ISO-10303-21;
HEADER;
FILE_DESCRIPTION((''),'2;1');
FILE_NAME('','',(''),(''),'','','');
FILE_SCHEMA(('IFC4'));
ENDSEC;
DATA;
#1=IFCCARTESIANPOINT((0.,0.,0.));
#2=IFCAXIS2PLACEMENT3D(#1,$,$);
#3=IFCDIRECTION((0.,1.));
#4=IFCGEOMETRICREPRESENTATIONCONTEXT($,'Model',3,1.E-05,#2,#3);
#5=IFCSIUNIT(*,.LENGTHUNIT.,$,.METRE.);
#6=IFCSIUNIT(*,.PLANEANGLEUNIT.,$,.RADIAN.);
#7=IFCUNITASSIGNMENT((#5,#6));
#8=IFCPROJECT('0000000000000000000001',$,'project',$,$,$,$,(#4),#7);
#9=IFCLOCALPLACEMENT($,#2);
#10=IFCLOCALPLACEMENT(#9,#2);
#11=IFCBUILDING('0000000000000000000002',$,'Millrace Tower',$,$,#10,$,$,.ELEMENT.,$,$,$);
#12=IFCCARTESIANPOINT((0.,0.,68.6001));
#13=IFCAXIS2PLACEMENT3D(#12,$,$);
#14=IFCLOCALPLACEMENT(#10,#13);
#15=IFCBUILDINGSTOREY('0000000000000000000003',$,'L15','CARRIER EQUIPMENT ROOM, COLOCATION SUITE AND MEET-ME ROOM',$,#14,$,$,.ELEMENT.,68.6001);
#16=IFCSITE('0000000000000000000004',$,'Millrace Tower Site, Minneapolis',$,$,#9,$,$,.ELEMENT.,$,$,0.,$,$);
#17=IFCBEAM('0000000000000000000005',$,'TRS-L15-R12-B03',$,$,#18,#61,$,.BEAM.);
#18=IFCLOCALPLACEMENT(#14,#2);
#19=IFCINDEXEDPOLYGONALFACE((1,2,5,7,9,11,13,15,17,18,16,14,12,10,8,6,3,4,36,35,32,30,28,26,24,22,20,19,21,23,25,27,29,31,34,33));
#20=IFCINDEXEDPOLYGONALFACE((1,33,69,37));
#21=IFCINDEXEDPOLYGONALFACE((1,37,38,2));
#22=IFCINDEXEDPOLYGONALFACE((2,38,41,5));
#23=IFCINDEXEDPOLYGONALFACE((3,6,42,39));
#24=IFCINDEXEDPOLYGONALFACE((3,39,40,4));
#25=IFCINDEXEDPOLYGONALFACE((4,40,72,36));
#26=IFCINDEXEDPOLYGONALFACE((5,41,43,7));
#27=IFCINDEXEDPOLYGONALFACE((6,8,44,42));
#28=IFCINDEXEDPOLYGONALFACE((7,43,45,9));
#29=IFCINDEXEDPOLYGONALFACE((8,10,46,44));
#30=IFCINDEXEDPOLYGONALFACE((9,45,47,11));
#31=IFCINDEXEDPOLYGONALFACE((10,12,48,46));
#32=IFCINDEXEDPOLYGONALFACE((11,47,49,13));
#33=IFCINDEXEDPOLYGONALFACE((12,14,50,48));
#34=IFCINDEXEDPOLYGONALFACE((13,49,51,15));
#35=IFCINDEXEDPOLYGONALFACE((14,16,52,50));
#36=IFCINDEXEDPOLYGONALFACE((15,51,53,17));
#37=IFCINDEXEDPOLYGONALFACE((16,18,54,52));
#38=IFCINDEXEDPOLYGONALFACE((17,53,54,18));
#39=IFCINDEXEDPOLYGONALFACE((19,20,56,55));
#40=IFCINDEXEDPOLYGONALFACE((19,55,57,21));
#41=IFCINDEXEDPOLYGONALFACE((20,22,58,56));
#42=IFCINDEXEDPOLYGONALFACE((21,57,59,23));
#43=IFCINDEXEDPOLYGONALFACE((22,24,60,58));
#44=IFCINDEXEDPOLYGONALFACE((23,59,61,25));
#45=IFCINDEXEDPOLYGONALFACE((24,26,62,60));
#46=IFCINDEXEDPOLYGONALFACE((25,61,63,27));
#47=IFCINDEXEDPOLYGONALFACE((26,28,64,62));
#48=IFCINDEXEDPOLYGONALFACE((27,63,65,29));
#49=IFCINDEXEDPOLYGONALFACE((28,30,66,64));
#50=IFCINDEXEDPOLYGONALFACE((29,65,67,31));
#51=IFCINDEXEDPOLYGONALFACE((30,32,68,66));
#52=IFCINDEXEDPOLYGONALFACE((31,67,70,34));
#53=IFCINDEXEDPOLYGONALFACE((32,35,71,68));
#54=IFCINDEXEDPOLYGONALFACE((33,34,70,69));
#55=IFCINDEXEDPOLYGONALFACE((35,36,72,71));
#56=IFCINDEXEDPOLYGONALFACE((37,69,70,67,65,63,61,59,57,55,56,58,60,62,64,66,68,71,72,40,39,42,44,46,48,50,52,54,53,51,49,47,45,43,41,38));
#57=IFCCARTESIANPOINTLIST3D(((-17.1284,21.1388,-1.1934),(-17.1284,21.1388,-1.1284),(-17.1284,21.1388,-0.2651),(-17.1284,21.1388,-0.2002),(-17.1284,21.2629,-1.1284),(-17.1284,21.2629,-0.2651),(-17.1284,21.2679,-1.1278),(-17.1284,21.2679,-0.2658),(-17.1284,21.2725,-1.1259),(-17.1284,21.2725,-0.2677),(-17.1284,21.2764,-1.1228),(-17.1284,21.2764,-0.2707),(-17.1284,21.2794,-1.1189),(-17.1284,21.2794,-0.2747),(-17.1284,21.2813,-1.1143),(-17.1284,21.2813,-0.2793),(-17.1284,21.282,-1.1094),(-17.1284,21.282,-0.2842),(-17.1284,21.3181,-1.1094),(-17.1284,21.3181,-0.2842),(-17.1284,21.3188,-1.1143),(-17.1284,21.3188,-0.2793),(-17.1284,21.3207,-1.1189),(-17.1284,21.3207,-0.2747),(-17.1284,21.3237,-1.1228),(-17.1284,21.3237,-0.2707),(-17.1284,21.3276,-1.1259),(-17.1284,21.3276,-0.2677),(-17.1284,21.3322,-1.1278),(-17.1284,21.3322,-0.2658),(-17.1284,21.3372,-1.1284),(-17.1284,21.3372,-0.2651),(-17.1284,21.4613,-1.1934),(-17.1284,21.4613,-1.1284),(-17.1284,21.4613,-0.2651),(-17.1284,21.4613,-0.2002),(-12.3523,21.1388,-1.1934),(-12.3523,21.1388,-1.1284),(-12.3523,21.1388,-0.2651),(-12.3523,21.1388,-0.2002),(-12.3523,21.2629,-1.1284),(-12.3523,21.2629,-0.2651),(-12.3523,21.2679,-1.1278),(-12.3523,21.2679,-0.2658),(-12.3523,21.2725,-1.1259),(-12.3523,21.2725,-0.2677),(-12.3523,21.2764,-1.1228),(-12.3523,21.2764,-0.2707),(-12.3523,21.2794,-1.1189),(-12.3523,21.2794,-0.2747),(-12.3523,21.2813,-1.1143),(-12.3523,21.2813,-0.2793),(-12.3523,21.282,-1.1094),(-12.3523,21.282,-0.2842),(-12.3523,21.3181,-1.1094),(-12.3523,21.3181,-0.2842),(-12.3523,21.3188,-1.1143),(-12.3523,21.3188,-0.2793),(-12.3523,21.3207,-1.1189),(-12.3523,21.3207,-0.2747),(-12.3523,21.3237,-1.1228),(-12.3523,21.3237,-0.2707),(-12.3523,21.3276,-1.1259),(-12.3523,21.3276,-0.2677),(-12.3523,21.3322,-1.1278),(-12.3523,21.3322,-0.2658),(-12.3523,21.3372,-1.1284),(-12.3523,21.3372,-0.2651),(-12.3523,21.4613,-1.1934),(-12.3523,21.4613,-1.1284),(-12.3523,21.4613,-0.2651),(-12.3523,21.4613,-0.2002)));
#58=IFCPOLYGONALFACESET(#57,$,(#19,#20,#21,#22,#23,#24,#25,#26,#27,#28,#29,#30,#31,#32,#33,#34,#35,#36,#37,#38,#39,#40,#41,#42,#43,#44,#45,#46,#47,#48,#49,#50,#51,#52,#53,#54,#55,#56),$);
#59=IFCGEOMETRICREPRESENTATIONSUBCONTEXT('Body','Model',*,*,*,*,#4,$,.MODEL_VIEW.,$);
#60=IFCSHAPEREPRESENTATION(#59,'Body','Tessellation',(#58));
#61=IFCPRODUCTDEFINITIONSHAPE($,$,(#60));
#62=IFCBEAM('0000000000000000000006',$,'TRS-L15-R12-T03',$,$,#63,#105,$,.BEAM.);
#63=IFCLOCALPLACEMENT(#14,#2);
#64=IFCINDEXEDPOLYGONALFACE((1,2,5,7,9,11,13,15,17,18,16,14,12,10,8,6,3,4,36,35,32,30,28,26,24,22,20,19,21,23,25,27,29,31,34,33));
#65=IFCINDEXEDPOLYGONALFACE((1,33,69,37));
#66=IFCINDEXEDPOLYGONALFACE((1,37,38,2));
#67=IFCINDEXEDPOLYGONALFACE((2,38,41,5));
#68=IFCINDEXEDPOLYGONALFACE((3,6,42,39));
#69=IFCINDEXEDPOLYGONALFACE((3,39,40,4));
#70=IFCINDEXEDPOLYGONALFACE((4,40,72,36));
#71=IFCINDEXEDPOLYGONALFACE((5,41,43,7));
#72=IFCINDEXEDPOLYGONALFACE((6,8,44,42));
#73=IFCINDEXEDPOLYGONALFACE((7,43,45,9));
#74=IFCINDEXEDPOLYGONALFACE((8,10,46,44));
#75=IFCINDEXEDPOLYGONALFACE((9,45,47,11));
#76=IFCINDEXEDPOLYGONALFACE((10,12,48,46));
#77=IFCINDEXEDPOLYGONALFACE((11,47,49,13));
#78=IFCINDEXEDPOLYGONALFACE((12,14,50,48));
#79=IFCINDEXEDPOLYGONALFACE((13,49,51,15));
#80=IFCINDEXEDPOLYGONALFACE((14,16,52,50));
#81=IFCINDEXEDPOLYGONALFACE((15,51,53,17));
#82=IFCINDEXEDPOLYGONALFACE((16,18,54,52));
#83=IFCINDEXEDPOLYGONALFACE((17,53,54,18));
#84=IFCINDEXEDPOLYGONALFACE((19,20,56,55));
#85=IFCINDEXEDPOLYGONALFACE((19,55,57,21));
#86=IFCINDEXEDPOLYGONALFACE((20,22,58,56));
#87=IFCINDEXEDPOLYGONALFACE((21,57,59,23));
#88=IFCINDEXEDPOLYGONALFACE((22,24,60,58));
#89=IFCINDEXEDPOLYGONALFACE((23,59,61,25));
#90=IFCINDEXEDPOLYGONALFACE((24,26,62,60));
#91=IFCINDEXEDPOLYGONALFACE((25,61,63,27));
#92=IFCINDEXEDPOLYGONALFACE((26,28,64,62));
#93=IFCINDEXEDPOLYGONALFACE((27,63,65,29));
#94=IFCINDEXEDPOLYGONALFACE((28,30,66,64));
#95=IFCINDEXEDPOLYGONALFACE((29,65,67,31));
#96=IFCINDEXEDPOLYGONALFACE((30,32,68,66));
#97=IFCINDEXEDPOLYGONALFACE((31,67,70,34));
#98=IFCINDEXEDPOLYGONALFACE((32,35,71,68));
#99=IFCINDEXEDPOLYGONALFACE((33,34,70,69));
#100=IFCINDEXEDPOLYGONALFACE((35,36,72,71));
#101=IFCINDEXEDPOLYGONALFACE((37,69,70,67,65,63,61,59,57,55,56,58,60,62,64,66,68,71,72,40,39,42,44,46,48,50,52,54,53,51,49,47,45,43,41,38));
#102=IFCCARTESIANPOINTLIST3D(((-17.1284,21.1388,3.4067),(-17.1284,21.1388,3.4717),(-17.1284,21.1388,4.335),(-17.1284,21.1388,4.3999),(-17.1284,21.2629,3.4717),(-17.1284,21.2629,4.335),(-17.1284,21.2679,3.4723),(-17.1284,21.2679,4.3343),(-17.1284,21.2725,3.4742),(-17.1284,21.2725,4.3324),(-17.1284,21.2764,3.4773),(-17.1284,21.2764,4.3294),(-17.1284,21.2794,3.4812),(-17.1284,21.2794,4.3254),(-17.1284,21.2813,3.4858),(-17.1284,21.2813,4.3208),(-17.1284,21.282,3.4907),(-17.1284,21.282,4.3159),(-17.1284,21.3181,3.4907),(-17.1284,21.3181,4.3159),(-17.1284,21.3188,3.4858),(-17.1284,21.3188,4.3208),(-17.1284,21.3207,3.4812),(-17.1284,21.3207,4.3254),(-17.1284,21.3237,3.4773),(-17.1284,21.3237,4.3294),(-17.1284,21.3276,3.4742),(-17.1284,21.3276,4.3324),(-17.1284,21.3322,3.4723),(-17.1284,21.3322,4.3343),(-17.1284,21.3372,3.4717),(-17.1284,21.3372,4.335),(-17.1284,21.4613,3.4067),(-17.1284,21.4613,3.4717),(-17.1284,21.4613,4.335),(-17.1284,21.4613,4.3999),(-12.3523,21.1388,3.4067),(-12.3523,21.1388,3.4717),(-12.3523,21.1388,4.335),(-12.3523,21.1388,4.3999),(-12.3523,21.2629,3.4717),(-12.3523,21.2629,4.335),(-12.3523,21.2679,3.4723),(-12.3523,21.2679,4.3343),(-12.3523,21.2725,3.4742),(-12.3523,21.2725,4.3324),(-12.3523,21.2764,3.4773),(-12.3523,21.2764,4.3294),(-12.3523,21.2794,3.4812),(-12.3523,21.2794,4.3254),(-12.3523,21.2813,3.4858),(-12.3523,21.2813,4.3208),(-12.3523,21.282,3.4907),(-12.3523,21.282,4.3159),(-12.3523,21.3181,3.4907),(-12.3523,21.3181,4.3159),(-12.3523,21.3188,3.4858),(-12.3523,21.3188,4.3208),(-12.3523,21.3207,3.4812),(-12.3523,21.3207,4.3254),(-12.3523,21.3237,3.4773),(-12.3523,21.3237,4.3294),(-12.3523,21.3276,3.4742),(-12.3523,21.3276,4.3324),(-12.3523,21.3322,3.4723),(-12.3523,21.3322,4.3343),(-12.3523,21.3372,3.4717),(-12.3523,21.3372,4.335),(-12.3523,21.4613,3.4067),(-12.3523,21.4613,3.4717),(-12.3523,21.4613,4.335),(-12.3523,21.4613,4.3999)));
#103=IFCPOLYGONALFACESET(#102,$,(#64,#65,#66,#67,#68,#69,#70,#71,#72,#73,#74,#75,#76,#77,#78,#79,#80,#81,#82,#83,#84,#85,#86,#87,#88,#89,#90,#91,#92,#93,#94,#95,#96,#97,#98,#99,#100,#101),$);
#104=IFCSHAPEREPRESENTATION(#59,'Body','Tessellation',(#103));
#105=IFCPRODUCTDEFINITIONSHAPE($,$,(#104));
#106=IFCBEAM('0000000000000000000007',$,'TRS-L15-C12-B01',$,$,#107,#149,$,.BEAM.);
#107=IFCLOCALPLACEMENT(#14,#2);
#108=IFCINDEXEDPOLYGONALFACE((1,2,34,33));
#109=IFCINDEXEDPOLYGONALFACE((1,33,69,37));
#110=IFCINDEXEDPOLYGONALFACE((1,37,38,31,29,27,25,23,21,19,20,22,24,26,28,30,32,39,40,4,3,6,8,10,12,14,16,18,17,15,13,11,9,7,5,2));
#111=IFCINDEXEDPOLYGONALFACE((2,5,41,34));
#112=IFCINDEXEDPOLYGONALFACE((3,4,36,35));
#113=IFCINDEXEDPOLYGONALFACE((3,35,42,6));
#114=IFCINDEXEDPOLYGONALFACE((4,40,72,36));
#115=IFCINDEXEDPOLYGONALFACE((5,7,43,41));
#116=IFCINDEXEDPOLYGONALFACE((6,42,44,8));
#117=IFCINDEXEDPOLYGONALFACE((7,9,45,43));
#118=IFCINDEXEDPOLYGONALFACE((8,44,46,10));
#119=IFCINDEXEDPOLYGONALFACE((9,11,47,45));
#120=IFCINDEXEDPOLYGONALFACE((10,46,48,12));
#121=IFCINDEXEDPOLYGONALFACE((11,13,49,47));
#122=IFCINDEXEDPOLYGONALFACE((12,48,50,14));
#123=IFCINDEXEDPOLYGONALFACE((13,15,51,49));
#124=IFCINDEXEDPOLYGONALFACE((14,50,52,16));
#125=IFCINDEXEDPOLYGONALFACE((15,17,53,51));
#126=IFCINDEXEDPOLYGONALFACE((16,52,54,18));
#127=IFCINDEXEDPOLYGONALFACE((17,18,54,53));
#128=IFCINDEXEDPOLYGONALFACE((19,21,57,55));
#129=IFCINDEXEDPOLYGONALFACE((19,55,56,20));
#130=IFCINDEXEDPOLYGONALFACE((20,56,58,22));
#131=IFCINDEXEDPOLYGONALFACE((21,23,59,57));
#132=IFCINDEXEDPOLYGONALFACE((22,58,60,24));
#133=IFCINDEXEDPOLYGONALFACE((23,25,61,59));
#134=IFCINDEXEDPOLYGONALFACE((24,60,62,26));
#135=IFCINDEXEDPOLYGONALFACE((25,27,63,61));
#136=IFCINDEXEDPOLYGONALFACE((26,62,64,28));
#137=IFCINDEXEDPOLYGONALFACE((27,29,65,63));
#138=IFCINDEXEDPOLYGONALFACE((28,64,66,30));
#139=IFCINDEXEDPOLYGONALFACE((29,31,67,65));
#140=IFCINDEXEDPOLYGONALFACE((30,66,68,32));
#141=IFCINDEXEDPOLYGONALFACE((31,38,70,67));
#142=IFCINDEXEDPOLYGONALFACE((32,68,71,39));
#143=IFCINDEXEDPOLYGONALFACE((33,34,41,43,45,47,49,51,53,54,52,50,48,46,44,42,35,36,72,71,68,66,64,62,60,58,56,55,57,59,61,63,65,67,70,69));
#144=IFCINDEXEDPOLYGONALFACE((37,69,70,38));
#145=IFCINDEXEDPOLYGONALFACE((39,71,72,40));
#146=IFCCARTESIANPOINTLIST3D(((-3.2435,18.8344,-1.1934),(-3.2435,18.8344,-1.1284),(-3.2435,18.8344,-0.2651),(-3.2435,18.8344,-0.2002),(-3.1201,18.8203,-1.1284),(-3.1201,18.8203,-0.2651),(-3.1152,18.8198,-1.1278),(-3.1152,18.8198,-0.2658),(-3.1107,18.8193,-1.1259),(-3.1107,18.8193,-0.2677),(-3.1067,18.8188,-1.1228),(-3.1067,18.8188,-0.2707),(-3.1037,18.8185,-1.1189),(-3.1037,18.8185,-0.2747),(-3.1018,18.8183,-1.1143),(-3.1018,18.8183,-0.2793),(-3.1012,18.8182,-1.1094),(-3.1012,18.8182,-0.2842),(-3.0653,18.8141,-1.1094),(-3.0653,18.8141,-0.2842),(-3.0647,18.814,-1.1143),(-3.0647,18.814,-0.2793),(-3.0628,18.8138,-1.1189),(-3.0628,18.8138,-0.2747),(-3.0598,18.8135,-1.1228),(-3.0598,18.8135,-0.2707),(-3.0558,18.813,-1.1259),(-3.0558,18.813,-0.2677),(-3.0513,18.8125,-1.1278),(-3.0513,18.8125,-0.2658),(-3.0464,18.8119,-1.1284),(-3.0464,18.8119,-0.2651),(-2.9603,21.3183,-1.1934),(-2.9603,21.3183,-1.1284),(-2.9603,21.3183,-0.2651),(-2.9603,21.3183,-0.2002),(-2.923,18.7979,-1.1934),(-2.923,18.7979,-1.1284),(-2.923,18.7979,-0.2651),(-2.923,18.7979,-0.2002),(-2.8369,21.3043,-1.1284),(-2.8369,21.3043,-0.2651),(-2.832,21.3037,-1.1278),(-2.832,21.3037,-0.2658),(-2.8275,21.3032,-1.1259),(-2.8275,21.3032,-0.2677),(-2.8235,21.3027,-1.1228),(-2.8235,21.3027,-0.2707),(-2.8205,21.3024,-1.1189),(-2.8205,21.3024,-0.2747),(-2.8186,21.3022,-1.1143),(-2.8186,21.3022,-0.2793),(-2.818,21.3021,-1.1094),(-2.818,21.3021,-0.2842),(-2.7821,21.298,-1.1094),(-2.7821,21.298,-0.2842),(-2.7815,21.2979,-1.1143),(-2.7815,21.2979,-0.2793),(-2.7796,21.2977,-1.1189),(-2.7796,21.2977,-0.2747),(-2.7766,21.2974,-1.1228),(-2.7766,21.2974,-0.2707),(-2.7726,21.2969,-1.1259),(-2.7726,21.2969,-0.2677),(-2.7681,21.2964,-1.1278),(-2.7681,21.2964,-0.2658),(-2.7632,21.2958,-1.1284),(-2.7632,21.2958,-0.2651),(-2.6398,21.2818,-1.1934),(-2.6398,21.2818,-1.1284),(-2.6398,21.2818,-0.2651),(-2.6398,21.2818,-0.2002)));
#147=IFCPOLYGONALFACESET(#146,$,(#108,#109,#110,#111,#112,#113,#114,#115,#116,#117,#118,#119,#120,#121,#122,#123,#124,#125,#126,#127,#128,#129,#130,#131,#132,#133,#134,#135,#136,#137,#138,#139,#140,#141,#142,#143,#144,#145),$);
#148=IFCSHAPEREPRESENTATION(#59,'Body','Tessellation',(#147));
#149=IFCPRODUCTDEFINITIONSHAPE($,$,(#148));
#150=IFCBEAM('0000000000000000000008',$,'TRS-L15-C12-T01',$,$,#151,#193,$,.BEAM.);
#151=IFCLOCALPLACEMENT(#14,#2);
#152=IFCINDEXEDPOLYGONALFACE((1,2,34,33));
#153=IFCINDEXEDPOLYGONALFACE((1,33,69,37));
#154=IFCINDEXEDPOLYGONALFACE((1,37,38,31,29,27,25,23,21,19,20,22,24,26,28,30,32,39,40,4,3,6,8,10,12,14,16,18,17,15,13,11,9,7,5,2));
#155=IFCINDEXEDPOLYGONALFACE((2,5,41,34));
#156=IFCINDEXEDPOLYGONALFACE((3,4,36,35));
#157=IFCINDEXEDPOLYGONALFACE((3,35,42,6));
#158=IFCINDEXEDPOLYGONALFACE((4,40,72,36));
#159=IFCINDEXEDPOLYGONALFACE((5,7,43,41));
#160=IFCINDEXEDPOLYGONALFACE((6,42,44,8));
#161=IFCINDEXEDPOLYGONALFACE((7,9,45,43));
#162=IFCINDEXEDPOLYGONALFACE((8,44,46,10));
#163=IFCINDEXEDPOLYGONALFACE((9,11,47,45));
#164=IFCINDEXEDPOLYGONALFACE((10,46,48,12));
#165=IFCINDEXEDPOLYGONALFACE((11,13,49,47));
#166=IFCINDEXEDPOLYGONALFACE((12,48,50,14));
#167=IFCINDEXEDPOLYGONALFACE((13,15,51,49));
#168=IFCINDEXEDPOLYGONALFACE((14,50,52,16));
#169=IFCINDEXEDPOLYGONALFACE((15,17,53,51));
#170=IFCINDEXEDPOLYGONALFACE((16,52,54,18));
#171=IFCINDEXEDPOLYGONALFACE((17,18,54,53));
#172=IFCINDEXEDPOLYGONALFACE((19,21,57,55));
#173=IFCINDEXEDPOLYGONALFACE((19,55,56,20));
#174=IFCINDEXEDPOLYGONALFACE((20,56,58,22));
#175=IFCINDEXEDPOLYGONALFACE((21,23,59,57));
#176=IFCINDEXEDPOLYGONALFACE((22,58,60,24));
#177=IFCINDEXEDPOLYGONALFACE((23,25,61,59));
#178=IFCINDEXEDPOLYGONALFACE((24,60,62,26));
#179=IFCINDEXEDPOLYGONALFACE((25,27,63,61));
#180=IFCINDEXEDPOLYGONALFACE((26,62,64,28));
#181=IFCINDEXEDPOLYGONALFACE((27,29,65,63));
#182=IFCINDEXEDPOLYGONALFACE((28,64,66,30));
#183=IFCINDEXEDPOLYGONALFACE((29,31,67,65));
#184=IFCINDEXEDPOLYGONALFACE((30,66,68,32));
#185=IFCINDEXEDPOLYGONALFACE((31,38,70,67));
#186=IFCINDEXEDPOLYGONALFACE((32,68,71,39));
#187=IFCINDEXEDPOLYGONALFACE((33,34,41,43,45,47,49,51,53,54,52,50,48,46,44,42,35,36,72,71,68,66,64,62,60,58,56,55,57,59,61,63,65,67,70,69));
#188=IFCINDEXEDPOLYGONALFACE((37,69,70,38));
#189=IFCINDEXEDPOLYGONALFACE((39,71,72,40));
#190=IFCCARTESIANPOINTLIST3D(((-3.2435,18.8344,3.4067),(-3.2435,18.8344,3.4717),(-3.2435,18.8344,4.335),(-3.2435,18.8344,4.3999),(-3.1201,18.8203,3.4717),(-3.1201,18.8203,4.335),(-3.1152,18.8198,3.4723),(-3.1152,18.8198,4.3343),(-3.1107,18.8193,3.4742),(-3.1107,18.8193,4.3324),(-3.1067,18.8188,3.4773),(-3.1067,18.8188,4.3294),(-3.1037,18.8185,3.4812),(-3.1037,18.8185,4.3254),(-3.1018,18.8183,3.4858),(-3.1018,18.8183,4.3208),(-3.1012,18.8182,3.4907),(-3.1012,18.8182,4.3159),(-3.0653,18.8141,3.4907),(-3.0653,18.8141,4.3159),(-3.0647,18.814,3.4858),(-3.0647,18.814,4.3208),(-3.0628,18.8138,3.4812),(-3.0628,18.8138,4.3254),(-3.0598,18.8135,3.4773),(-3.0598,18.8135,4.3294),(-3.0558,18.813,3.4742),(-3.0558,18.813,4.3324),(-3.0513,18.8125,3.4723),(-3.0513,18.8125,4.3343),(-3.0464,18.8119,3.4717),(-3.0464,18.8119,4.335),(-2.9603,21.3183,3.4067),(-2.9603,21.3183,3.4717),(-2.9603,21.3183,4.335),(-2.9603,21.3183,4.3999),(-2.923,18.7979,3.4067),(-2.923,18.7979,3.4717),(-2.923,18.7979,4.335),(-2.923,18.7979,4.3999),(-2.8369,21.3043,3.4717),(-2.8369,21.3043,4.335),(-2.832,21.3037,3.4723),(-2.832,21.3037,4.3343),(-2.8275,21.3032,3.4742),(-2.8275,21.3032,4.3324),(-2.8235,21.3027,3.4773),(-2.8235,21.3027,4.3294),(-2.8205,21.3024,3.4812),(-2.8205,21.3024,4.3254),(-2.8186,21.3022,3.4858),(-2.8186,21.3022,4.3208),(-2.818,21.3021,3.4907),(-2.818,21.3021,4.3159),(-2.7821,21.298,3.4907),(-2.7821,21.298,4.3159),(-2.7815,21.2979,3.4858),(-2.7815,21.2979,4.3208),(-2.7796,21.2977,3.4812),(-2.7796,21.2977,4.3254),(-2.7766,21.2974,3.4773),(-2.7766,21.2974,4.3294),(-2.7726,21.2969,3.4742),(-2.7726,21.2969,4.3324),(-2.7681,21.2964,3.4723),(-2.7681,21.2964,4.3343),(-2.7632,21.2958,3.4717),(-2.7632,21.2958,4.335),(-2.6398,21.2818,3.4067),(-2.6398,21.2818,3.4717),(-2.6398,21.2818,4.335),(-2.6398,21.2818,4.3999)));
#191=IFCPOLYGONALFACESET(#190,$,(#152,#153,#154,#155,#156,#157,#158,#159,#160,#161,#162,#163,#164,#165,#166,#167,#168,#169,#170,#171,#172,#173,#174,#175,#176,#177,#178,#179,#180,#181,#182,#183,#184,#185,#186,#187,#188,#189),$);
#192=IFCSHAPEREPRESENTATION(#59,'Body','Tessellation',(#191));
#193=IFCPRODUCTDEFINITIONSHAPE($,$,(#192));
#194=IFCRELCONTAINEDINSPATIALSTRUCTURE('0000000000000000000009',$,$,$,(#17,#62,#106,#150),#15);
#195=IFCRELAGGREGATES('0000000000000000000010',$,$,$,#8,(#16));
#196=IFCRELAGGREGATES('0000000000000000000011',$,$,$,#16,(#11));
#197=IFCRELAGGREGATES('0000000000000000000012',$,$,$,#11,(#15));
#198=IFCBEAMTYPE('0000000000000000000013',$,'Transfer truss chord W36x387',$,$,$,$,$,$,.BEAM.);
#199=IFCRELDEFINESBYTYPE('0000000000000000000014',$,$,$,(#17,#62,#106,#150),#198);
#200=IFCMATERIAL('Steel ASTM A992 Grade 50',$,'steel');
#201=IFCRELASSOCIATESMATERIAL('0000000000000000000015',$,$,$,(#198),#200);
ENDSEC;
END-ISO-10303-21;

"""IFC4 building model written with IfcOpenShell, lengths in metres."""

from ifc_helpers import new_model, si_unit, direction, frame, origin, origin_2d, place, context, subcontext, project, spatial, i_section, extrude, material, material_profile, profile_set, type_object, element, save


model = new_model("IFC4")

# Units and contexts
model_context = context("Model", 3, precision=1e-05, world=origin(), true_north=direction((0.0, 1.0)))
body_context = subcontext(model_context, "Body", "Model", "MODEL_VIEW")
ifc_project = project(units=[si_unit("LENGTHUNIT", "METRE"), si_unit("PLANEANGLEUNIT", "RADIAN")], contexts=[model_context])

# Site, building, storey
site_placement = place(None, origin())
site = spatial("IfcSite", under=ifc_project, at=site_placement, Name="Millrace Tower Site, Minneapolis", CompositionType="ELEMENT", RefElevation=0.0)
building_placement = place(site_placement, origin())
building = spatial("IfcBuilding", under=site, at=building_placement, Name="Millrace Tower", CompositionType="ELEMENT")
storey_placement = place(building_placement, frame((0.0, 0.0, 68.6001)))
storey = spatial("IfcBuildingStorey", under=building, at=storey_placement, Name="L15", Description="CARRIER EQUIPMENT ROOM, COLOCATION SUITE AND MEET-ME ROOM", CompositionType="ELEMENT", Elevation=68.6001)

# Beams
ifc_material_1 = material(Name="Steel ASTM A992 Grade 50", Category="steel")
ifc_material_profile_1 = material_profile(ifc_material_1, i_section(OverallWidth=0.3225, OverallDepth=0.9932, WebThickness=0.0361, FlangeThickness=0.0649, FilletRadius=0.019, at=origin_2d()))
ifc_profile_set_1 = profile_set([ifc_material_profile_1], Name="Steel ASTM A992 Grade 50")
beam_type = type_object("IfcBeamType", Name="Transfer truss chord W36x387", PredefinedType="BEAM", material=ifc_profile_set_1)
for number, where, z_axis, x_axis, name in (
    (1, (-12.3523, 21.3, -0.6968), (-1.0, 0.0, 0.0), (0.0, -1.0, 0.0), "TRS-L15-R12-B03"),
    (2, (-12.3523, 21.3, 3.9033), (-1.0, 0.0, 0.0), (0.0, -1.0, 0.0), "TRS-L15-R12-T03"),
):
    element("IfcBeam", number, at=place(storey_placement, frame(where, z_axis=z_axis, x_axis=x_axis)), inside=storey, type_object=beam_type, Name=name, PredefinedType="BEAM", context=body_context, shape_type="SweptSolid", body=[
        extrude(i_section(OverallWidth=0.3225, OverallDepth=0.9932, WebThickness=0.0361, FlangeThickness=0.0649, FilletRadius=0.019, at=origin_2d()), origin(), (0.0, 0.0, 1.0), 4.7761),
    ])
for number, where, z_axis, x_axis, name in (
    (3, (-2.8, 21.3, -0.6968), (-0.113282, -0.993563, 0.0), (0.993563, -0.113282, 0.0), "TRS-L15-C12-B01"),
    (4, (-2.8, 21.3, 3.9033), (-0.113282, -0.993563, 0.0), (0.993563, -0.113282, 0.0), "TRS-L15-C12-T01"),
):
    element("IfcBeam", number, at=place(storey_placement, frame(where, z_axis=z_axis, x_axis=x_axis)), inside=storey, type_object=beam_type, Name=name, PredefinedType="BEAM", context=body_context, shape_type="SweptSolid", body=[
        extrude(i_section(OverallWidth=0.3225, OverallDepth=0.9932, WebThickness=0.0361, FlangeThickness=0.0649, FilletRadius=0.019, at=origin_2d()), origin(), (0.0, 0.0, 1.0), 2.5),
    ])

save(model, "model.ifc")
